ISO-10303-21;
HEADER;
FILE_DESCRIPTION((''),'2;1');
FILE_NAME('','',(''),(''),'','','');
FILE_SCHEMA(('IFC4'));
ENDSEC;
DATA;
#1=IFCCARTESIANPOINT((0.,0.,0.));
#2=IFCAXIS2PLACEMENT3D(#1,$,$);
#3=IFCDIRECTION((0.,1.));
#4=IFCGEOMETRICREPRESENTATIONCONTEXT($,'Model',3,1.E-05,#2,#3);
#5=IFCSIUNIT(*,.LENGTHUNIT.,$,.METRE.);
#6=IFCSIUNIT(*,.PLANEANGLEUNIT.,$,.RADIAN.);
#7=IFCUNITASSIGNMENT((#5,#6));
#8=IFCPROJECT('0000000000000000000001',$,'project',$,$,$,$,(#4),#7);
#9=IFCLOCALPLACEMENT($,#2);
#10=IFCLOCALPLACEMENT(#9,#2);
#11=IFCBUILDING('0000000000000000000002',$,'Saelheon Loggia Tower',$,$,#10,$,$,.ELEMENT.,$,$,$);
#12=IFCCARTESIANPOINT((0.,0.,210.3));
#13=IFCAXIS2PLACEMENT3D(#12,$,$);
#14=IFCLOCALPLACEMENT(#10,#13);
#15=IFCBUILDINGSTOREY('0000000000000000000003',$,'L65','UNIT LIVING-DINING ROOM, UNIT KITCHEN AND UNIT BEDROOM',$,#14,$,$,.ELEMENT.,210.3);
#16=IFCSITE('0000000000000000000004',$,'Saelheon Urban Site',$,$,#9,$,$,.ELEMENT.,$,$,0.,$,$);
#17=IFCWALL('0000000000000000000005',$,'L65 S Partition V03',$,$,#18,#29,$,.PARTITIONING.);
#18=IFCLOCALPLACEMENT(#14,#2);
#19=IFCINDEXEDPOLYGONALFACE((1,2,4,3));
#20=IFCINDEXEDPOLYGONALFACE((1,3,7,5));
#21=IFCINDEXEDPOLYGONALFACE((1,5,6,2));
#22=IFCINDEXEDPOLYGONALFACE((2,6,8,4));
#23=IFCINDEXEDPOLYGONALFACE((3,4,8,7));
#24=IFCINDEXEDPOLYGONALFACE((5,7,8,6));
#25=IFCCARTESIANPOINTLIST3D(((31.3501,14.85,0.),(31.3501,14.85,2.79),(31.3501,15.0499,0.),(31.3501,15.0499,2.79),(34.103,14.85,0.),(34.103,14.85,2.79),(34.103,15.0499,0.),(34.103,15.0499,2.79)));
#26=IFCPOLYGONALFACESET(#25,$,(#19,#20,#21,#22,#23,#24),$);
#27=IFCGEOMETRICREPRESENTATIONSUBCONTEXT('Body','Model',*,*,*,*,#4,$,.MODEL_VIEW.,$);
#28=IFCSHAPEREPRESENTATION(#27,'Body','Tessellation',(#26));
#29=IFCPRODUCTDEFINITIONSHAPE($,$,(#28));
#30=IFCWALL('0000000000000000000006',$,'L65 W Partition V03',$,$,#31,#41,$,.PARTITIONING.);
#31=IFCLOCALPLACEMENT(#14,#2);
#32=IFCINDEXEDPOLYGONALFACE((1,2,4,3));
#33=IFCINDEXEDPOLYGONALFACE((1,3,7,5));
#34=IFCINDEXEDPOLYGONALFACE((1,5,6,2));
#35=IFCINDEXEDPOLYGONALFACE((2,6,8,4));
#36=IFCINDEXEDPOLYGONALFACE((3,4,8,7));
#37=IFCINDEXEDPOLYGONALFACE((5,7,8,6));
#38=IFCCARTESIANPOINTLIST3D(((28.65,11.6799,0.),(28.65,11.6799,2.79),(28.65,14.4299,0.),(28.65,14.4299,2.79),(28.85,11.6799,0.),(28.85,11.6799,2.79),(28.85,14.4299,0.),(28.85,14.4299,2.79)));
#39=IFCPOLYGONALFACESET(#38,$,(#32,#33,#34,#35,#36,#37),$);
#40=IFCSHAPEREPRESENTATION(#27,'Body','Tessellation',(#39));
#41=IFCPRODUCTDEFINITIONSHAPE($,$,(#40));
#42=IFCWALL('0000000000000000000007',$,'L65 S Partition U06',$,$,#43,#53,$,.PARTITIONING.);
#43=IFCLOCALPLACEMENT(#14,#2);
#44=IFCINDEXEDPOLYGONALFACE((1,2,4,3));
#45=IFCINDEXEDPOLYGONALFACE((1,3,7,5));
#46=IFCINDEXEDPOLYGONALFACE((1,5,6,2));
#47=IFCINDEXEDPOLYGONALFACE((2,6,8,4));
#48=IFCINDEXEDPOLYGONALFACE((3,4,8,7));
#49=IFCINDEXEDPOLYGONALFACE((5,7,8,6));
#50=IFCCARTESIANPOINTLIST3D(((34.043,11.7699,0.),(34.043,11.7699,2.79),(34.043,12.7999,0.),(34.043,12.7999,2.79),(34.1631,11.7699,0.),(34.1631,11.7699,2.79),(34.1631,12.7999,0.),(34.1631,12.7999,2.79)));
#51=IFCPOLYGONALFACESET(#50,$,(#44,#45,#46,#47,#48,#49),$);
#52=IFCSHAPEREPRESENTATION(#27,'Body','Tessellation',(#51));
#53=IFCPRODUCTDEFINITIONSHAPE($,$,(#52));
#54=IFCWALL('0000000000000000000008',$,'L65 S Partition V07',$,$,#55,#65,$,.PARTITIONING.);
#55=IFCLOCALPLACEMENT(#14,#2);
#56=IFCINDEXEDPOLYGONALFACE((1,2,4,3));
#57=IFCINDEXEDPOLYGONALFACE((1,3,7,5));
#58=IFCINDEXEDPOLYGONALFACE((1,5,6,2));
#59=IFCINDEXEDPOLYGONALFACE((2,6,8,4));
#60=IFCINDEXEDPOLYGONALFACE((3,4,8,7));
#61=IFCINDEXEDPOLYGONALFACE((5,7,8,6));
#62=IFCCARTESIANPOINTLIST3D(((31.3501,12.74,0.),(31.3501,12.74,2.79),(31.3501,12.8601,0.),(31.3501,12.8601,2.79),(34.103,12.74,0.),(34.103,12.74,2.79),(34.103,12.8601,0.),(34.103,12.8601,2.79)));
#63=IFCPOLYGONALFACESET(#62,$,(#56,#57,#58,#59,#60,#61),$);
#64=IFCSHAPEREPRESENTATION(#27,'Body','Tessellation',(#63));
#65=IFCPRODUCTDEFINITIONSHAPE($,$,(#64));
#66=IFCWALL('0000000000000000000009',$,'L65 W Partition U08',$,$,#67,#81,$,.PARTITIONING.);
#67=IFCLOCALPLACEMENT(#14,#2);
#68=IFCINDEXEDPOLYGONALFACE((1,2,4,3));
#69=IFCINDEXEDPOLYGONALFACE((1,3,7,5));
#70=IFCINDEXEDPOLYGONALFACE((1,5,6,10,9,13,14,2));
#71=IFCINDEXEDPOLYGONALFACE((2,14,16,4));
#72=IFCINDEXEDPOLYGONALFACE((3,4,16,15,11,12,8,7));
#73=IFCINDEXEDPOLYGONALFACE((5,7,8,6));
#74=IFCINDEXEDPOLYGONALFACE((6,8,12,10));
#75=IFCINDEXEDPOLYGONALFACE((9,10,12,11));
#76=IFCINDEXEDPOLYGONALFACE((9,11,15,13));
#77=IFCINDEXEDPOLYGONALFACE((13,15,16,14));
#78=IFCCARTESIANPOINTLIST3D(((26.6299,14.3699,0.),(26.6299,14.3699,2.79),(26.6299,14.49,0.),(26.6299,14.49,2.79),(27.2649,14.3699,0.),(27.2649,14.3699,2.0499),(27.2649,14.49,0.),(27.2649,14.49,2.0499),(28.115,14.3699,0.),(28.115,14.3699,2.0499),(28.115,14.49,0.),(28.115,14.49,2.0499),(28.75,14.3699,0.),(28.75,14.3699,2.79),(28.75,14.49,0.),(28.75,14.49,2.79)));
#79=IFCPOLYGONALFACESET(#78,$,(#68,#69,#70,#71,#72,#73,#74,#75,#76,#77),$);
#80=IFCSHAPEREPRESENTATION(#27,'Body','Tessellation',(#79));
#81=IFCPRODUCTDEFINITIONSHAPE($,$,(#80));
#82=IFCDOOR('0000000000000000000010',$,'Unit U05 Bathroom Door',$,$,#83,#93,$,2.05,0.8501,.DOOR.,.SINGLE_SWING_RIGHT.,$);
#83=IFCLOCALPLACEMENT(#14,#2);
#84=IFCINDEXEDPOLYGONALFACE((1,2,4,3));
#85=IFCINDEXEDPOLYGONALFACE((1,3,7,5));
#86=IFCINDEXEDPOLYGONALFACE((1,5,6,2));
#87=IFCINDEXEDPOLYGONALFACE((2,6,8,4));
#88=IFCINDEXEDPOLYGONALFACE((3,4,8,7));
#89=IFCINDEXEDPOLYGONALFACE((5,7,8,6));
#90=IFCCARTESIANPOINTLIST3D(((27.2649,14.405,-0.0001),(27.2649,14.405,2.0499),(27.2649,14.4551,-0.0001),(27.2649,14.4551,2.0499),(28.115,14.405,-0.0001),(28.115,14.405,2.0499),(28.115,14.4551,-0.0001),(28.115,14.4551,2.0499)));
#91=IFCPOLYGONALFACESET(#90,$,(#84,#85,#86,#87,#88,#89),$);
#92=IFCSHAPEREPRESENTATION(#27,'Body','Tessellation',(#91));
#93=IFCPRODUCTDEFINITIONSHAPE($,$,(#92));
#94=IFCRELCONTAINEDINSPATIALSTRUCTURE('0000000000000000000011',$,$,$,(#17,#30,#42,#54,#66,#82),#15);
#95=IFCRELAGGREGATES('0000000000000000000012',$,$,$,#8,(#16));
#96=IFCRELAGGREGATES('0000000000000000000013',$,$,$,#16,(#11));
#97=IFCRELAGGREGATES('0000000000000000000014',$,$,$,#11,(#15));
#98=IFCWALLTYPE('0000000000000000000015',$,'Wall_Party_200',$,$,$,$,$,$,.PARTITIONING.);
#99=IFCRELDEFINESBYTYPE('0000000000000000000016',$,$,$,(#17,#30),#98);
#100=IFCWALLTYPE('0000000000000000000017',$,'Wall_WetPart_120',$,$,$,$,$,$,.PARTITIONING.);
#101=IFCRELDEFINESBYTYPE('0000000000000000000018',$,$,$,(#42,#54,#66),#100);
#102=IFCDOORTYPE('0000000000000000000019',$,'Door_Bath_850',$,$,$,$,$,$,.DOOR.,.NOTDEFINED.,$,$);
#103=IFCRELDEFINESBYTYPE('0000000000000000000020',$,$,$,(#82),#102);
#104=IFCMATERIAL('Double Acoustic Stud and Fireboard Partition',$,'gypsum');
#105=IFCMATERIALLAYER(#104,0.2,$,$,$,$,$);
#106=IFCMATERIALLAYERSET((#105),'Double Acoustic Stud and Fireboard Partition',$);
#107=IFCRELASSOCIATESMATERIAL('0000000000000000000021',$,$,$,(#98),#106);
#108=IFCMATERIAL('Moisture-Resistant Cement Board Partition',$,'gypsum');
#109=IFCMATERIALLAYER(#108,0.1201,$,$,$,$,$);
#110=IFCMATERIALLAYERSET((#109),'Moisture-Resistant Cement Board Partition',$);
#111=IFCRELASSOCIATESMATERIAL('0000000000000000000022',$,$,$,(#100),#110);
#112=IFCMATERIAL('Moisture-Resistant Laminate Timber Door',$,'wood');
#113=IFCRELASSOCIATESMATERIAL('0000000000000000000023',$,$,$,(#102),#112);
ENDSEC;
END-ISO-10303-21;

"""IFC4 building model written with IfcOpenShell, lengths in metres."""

from ifc_helpers import new_model, si_unit, direction, frame, frame_2d, origin, place, context, subcontext, project, spatial, rectangle, extrude, source, transform, mapped, material, layer, layer_set, type_object, element, fill, save


model = new_model("IFC4")

# Units and contexts
model_context = context("Model", 3, precision=1e-05, world=origin(), true_north=direction((0.0, 1.0)))
body_context = subcontext(model_context, "Body", "Model", "MODEL_VIEW")
ifc_project = project(units=[si_unit("LENGTHUNIT", "METRE"), si_unit("PLANEANGLEUNIT", "RADIAN")], contexts=[model_context])

# Site, building, storey
site_placement = place(None, origin())
site = spatial("IfcSite", under=ifc_project, at=site_placement, Name="Saelheon Urban Site", CompositionType="ELEMENT", RefElevation=0.0)
building_placement = place(site_placement, origin())
building = spatial("IfcBuilding", under=site, at=building_placement, Name="Saelheon Loggia Tower", CompositionType="ELEMENT")
storey_placement = place(building_placement, frame((0.0, 0.0, 210.3)))
storey = spatial("IfcBuildingStorey", under=building, at=storey_placement, Name="L65", Description="UNIT LIVING-DINING ROOM, UNIT KITCHEN AND UNIT BEDROOM", CompositionType="ELEMENT", Elevation=210.3)

# Walls
ifc_material_1 = material(Name="Double Acoustic Stud and Fireboard Partition", Category="gypsum")
ifc_layer_1 = layer(ifc_material_1, 0.2)
ifc_layer_set_1 = layer_set([ifc_layer_1], Name="Double Acoustic Stud and Fireboard Partition")
wall_type_1 = type_object("IfcWallType", Name="Wall_Party_200", PredefinedType="PARTITIONING", material=ifc_layer_set_1)
wall_1_placement = place(storey_placement, frame((31.3501, 14.95, 0.0), z_axis=(0.0, 0.0, 1.0), x_axis=(1.0, 0.0, 0.0)))
element("IfcWall", 1, at=wall_1_placement, inside=storey, type_object=wall_type_1, Name="L65 S Partition V03", PredefinedType="PARTITIONING", context=body_context, shape_type="SweptSolid", body=[
    extrude(rectangle(XDim=2.7529, YDim=0.2, at=frame_2d((1.3765, 0.0))), origin(), (0.0, 0.0, 1.0), 2.79),
])
wall_2_placement = place(storey_placement, frame((28.75, 11.6799, 0.0), z_axis=(0.0, 0.0, 1.0), x_axis=(0.0, 1.0, 0.0)))
element("IfcWall", 2, at=wall_2_placement, inside=storey, type_object=wall_type_1, Name="L65 W Partition V03", PredefinedType="PARTITIONING", context=body_context, shape_type="SweptSolid", body=[
    extrude(rectangle(XDim=2.75, YDim=0.2, at=frame_2d((1.375, 0.0))), origin(), (0.0, 0.0, 1.0), 2.79),
])

# Walls
ifc_material_2 = material(Name="Moisture-Resistant Cement Board Partition", Category="gypsum")
ifc_layer_2 = layer(ifc_material_2, 0.1201)
ifc_layer_set_2 = layer_set([ifc_layer_2], Name="Moisture-Resistant Cement Board Partition")
wall_type_2 = type_object("IfcWallType", Name="Wall_WetPart_120", PredefinedType="PARTITIONING", material=ifc_layer_set_2)
wall_3_placement = place(storey_placement, frame((34.103, 12.8, 0.0), z_axis=(0.0, 0.0, 1.0), x_axis=(0.0, -1.0, 0.0)))
element("IfcWall", 3, at=wall_3_placement, inside=storey, type_object=wall_type_2, Name="L65 S Partition U06", PredefinedType="PARTITIONING", context=body_context, shape_type="SweptSolid", body=[
    extrude(rectangle(XDim=1.03, YDim=0.1201, at=frame_2d((0.5151, 0.0))), origin(), (0.0, 0.0, 1.0), 2.79),
])
wall_4_placement = place(storey_placement, frame((31.3501, 12.8, 0.0), z_axis=(0.0, 0.0, 1.0), x_axis=(1.0, 0.0, 0.0)))
element("IfcWall", 4, at=wall_4_placement, inside=storey, type_object=wall_type_2, Name="L65 S Partition V07", PredefinedType="PARTITIONING", context=body_context, shape_type="SweptSolid", body=[
    extrude(rectangle(XDim=2.7529, YDim=0.1201, at=frame_2d((1.3765, 0.0))), origin(), (0.0, 0.0, 1.0), 2.79),
])

# Wall, opening, door
wall_5_placement = place(storey_placement, frame((28.75, 14.4299, 0.0), z_axis=(0.0, 0.0, 1.0), x_axis=(-1.0, 0.0, 0.0)))
wall_5 = element("IfcWall", 5, at=wall_5_placement, inside=storey, type_object=wall_type_2, Name="L65 W Partition U08", PredefinedType="PARTITIONING", context=body_context, shape_type="SweptSolid", body=[
    extrude(rectangle(XDim=2.1201, YDim=0.1201, at=frame_2d((1.0601, 0.0))), origin(), (0.0, 0.0, 1.0), 2.79),
])
opening_1_placement = place(wall_5_placement, frame((0.635, 0.0, 0.0)))
opening_1 = element("IfcOpeningElement", 6, at=opening_1_placement, cuts=wall_5, PredefinedType="OPENING", context=body_context, shape_type="SweptSolid", body=[
    extrude(rectangle(XDim=0.8501, YDim=2.05, at=frame_2d((0.425, 1.0249))), frame((0.0, 0.072, 0.0), z_axis=(0.0, -1.0, 0.0), x_axis=(1.0, 0.0, 0.0)), (0.0, 0.0, 1.0), 0.144),
])
ifc_material_3 = material(Name="Moisture-Resistant Laminate Timber Door", Category="wood")
door_type_1 = type_object("IfcDoorType", Name="Door_Bath_850", OperationType="NOTDEFINED", PredefinedType="DOOR", material=ifc_material_3)
shared_shape_1 = source(origin(), body_context, "Body", "SweptSolid", [
    extrude(rectangle(XDim=0.8501, YDim=2.05, at=frame_2d((0.425, 1.0249))), frame((0.0, 0.0249, 0.0), z_axis=(0.0, -1.0, 0.0), x_axis=(1.0, 0.0, 0.0)), (0.0, 0.0, 1.0), 0.05),
])
door_1_placement = place(opening_1_placement, origin())
door_1 = element("IfcDoor", 7, at=door_1_placement, inside=storey, type_object=door_type_1, Name="Unit U05 Bathroom Door", OperationType="SINGLE_SWING_RIGHT", OverallHeight=2.05, OverallWidth=0.8501, PredefinedType="DOOR", context=body_context, shape_type="MappedRepresentation", body=[
    mapped(shared_shape_1, transform((0.0, 0.0, 0.0), scale=1.0)),
])
fill(opening_1, door_1)

save(model, "model.ifc")
